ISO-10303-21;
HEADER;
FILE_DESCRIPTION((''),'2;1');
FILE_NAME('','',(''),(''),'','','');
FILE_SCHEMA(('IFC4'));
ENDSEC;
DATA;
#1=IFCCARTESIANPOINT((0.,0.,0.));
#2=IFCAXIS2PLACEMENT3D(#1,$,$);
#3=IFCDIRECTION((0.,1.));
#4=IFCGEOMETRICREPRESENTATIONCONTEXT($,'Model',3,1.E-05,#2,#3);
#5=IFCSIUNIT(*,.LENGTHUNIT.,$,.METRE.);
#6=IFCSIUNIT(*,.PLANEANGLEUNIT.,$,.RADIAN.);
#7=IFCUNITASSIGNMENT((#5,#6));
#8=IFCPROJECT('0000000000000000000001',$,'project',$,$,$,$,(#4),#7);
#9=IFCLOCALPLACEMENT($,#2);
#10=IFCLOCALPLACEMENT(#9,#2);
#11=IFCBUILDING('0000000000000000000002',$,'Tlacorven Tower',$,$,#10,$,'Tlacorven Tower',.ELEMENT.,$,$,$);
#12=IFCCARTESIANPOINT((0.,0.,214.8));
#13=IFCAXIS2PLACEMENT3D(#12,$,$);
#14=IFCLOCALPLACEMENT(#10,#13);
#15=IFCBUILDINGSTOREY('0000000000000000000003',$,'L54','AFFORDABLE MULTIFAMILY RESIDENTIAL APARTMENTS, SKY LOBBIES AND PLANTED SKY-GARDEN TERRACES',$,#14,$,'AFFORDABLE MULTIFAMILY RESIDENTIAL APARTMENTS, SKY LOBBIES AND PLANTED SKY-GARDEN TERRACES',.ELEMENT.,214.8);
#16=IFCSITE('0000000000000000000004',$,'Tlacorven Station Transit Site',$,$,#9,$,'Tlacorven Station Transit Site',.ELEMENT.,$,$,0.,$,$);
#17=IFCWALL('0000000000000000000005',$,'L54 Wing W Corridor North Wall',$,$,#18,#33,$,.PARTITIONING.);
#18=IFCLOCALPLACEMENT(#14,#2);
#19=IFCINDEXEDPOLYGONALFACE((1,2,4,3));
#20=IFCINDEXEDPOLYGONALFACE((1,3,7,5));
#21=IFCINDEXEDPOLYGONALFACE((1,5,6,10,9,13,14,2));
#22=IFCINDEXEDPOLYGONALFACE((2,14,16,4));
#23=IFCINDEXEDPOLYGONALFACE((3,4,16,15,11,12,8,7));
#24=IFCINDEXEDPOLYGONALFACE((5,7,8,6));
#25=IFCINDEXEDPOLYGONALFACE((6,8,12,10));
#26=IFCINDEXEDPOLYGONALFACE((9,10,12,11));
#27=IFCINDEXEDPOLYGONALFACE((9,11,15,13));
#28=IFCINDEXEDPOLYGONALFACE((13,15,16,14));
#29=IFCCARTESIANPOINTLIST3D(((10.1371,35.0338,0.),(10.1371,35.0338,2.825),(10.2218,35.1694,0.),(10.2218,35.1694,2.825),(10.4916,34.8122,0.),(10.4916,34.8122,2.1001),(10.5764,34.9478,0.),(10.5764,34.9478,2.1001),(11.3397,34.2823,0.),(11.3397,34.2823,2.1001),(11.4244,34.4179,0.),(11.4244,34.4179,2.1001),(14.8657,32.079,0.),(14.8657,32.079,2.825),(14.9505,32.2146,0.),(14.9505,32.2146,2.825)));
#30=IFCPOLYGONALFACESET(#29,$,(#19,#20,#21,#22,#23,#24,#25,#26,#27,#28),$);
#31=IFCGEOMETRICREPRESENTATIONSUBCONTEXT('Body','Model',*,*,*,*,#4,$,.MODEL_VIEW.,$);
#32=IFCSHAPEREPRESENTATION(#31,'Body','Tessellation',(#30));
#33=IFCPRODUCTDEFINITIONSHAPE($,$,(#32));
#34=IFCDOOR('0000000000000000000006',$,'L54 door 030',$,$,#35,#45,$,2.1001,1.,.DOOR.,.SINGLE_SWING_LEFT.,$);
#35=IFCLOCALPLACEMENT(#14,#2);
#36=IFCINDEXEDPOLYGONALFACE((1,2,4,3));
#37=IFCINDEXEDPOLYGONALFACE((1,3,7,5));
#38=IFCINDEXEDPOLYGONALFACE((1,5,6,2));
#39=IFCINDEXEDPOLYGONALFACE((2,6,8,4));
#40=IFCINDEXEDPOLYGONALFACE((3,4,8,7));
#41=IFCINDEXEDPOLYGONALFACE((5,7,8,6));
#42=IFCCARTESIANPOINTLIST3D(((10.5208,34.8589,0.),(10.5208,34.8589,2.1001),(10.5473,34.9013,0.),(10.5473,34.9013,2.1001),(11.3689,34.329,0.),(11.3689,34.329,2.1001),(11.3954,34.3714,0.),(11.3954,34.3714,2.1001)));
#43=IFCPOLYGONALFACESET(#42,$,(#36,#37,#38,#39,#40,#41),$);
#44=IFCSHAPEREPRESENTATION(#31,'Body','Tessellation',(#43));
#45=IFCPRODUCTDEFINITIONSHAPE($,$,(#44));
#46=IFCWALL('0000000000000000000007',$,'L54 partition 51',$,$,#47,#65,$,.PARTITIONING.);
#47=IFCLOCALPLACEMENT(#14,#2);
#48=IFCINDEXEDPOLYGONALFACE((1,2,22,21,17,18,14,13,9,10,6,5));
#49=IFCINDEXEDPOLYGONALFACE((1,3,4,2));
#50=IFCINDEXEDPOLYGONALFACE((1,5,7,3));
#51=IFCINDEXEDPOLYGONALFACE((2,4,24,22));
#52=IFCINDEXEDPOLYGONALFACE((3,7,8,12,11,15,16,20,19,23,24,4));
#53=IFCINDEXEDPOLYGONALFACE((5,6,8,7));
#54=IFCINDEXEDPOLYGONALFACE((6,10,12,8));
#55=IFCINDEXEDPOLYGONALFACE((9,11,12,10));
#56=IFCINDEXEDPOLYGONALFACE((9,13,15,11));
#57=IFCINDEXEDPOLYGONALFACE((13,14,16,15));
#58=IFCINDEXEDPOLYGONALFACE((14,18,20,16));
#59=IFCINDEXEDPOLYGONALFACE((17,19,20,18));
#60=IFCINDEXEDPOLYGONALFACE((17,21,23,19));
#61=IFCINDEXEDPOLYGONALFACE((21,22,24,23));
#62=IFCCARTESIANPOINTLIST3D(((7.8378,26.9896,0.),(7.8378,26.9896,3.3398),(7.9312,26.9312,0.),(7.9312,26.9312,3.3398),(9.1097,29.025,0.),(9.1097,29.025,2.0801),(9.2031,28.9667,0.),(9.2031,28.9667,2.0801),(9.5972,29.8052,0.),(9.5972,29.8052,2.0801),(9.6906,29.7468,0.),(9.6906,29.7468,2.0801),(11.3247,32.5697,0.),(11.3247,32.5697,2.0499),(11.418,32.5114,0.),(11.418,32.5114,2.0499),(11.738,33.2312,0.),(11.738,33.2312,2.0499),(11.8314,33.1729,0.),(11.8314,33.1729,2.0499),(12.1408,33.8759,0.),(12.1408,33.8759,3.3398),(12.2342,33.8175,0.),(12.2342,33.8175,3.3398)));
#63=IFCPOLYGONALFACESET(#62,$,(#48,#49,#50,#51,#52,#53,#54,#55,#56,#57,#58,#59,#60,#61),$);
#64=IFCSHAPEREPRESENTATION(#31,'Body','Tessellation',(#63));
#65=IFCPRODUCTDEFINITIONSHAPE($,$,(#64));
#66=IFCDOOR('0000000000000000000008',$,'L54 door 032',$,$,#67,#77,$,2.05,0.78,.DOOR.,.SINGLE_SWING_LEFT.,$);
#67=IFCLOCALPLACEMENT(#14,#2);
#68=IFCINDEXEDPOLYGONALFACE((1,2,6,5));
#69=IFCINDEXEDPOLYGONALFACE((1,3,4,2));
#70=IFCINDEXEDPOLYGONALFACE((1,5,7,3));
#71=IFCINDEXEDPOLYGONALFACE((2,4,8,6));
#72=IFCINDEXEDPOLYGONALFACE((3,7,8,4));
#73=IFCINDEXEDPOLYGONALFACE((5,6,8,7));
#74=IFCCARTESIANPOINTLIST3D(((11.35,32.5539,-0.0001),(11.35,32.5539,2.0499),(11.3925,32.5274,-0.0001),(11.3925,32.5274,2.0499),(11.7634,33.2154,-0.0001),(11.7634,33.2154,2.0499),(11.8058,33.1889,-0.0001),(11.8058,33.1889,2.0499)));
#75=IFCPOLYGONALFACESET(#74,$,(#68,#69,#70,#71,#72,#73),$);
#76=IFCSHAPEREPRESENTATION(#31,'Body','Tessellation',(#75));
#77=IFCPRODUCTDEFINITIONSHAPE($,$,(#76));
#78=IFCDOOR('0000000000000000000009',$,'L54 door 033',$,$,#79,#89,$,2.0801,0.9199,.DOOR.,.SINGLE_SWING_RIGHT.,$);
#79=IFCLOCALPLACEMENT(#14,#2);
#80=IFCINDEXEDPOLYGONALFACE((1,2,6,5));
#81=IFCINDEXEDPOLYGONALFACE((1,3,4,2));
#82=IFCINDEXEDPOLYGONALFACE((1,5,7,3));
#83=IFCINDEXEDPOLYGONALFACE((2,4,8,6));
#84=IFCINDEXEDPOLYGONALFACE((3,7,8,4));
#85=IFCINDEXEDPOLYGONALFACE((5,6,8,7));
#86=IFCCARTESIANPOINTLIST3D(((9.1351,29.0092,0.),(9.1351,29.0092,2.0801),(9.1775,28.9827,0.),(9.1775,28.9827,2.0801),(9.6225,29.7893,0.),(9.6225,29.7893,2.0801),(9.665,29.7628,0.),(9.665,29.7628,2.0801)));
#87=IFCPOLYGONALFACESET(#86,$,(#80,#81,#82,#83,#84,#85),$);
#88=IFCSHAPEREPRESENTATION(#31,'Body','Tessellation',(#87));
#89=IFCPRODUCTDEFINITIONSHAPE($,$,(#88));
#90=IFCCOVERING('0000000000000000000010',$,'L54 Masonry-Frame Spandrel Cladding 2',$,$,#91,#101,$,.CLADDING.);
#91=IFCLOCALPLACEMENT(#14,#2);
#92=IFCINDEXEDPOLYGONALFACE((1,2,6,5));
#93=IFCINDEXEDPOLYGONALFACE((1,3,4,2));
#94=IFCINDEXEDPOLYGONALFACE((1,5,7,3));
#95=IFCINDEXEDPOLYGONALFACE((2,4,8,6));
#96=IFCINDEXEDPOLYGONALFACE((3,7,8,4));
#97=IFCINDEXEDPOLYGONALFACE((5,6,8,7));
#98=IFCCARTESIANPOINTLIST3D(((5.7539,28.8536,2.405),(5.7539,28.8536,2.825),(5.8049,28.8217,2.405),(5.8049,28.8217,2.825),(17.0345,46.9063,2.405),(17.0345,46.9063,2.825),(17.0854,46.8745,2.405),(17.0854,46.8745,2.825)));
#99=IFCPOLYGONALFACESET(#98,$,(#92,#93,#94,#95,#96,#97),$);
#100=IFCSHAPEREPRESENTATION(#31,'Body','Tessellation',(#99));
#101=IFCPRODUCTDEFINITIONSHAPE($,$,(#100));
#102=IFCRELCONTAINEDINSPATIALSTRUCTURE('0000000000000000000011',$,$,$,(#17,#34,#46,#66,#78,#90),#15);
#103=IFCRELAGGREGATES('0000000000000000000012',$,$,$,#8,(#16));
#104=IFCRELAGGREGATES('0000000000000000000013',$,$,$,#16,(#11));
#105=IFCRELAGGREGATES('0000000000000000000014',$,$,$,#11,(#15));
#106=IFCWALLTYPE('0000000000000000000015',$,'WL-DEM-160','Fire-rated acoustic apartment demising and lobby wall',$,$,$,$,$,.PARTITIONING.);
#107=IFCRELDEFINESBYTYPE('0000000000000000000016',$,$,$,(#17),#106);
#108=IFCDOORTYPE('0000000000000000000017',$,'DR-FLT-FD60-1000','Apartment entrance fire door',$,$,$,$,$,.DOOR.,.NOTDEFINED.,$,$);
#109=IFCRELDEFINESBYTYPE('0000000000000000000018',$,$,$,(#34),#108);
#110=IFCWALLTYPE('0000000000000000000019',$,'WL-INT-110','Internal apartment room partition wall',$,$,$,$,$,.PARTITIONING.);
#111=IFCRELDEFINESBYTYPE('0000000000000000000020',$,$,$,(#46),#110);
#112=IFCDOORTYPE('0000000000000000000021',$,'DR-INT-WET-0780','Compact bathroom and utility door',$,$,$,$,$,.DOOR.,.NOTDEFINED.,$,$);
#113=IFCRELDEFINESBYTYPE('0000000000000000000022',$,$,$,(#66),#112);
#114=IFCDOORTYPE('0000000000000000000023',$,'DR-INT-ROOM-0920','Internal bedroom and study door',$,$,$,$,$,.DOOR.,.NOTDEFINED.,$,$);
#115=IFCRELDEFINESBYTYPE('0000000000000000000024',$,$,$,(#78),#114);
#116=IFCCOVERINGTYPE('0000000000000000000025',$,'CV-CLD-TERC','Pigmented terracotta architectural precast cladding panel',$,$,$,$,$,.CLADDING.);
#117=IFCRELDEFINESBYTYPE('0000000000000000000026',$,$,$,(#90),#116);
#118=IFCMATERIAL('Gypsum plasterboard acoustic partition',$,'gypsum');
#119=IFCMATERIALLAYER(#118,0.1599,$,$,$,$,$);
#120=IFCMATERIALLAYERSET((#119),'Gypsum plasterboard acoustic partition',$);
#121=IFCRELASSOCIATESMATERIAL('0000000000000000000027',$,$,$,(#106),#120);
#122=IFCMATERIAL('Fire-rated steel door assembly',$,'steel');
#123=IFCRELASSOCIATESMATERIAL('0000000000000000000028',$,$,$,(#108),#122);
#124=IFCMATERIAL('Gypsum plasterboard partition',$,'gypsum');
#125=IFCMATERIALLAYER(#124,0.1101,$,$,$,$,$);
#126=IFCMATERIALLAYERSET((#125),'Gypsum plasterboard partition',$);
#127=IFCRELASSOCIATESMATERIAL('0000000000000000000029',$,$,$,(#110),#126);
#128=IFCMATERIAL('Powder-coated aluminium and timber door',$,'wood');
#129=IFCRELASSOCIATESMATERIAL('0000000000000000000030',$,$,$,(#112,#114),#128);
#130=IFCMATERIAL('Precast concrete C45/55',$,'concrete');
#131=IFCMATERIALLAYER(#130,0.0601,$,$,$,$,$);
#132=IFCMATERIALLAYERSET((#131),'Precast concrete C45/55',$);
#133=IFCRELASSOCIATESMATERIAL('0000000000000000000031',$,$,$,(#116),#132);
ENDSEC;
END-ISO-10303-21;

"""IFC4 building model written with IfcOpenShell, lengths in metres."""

from ifc_helpers import new_model, si_unit, direction, frame, frame_2d, origin, origin_2d, place, context, subcontext, project, spatial, rectangle, extrude, source, transform, mapped, material, layer, layer_set, type_object, element, fill, save


model = new_model("IFC4")

# Units and contexts
model_context = context("Model", 3, precision=1e-05, world=origin(), true_north=direction((0.0, 1.0)))
body_context = subcontext(model_context, "Body", "Model", "MODEL_VIEW")
ifc_project = project(units=[si_unit("LENGTHUNIT", "METRE"), si_unit("PLANEANGLEUNIT", "RADIAN")], contexts=[model_context])

# Site, building, storey
site_placement = place(None, origin())
site = spatial("IfcSite", under=ifc_project, at=site_placement, Name="Tlacorven Station Transit Site", LongName="Tlacorven Station Transit Site", CompositionType="ELEMENT", RefElevation=0.0)
building_placement = place(site_placement, origin())
building = spatial("IfcBuilding", under=site, at=building_placement, Name="Tlacorven Tower", LongName="Tlacorven Tower", CompositionType="ELEMENT")
storey_placement = place(building_placement, frame((0.0, 0.0, 214.8)))
storey = spatial("IfcBuildingStorey", under=building, at=storey_placement, Name="L54", Description="AFFORDABLE MULTIFAMILY RESIDENTIAL APARTMENTS, SKY LOBBIES AND PLANTED SKY-GARDEN TERRACES", LongName="AFFORDABLE MULTIFAMILY RESIDENTIAL APARTMENTS, SKY LOBBIES AND PLANTED SKY-GARDEN TERRACES", CompositionType="ELEMENT", Elevation=214.8)

# Wall, opening, door
ifc_material_1 = material(Name="Gypsum plasterboard acoustic partition", Category="gypsum")
ifc_layer_1 = layer(ifc_material_1, 0.1599)
ifc_layer_set_1 = layer_set([ifc_layer_1], Name="Gypsum plasterboard acoustic partition")
wall_type_1 = type_object("IfcWallType", Name="WL-DEM-160", Description="Fire-rated acoustic apartment demising and lobby wall", PredefinedType="PARTITIONING", material=ifc_layer_set_1)
wall_1_placement = place(storey_placement, frame((14.9082, 32.1467, 0.0), z_axis=(0.0, 0.0, 1.0), x_axis=(-0.84805, 0.529916, 0.0)))
wall_1 = element("IfcWall", 1, at=wall_1_placement, inside=storey, type_object=wall_type_1, Name="L54 Wing W Corridor North Wall", PredefinedType="PARTITIONING", context=body_context, shape_type="SweptSolid", body=[
    extrude(rectangle(XDim=5.5759, YDim=0.1599, at=frame_2d((2.7881, 0.0))), origin(), (0.0, 0.0, 1.0), 2.825),
])
opening_1_placement = place(wall_1_placement, frame((4.158, 0.0, 0.0)))
opening_1 = element("IfcOpeningElement", 2, at=opening_1_placement, cuts=wall_1, PredefinedType="OPENING", context=body_context, shape_type="SweptSolid", body=[
    extrude(rectangle(XDim=1.0, YDim=2.1001, at=frame_2d((0.5, 1.05))), frame((0.0, 0.0898, 0.0), z_axis=(0.0, -1.0, 0.0), x_axis=(1.0, 0.0, 0.0)), (0.0, 0.0, 1.0), 0.1799),
])
ifc_material_2 = material(Name="Fire-rated steel door assembly", Category="steel")
door_type_1 = type_object("IfcDoorType", Name="DR-FLT-FD60-1000", Description="Apartment entrance fire door", OperationType="NOTDEFINED", PredefinedType="DOOR", material=ifc_material_2)
shared_shape_1 = source(origin(), body_context, "Body", "SweptSolid", [
    extrude(rectangle(XDim=1.0, YDim=2.1001, at=frame_2d((0.5, 1.05))), frame((0.0, 0.0249, 0.0), z_axis=(0.0, -1.0, 0.0), x_axis=(1.0, 0.0, 0.0)), (0.0, 0.0, 1.0), 0.05),
])
door_1_placement = place(opening_1_placement, origin())
door_1 = element("IfcDoor", 3, at=door_1_placement, inside=storey, type_object=door_type_1, Name="L54 door 030", OperationType="SINGLE_SWING_LEFT", OverallHeight=2.1001, OverallWidth=1.0, PredefinedType="DOOR", context=body_context, shape_type="MappedRepresentation", body=[
    mapped(shared_shape_1, transform((0.0, 0.0, 0.0), scale=1.0)),
])
fill(opening_1, door_1)

# Wall, openings, doors
ifc_material_3 = material(Name="Gypsum plasterboard partition", Category="gypsum")
ifc_layer_2 = layer(ifc_material_3, 0.1101)
ifc_layer_set_2 = layer_set([ifc_layer_2], Name="Gypsum plasterboard partition")
wall_type_2 = type_object("IfcWallType", Name="WL-INT-110", Description="Internal apartment room partition wall", PredefinedType="PARTITIONING", material=ifc_layer_set_2)
wall_2_placement = place(storey_placement, frame((12.1875, 33.8467, 0.0), z_axis=(0.0, 0.0, 1.0), x_axis=(-0.529918, -0.848049, 0.0)))
wall_2 = element("IfcWall", 4, at=wall_2_placement, inside=storey, type_object=wall_type_2, Name="L54 partition 51", PredefinedType="PARTITIONING", context=body_context, shape_type="SweptSolid", body=[
    extrude(rectangle(XDim=8.1201, YDim=0.1101, at=frame_2d((4.0601, 0.0))), origin(), (0.0, 0.0, 1.0), 3.3398),
])
opening_2_placement = place(wall_2_placement, frame((0.76, 0.0, 0.0)))
opening_2 = element("IfcOpeningElement", 5, at=opening_2_placement, cuts=wall_2, PredefinedType="OPENING", context=body_context, shape_type="SweptSolid", body=[
    extrude(rectangle(XDim=0.78, YDim=2.05, at=frame_2d((0.3901, 1.0249))), frame((0.0, 0.0649, 0.0), z_axis=(0.0, -1.0, 0.0), x_axis=(1.0, 0.0, 0.0)), (0.0, 0.0, 1.0), 0.1301),
])
opening_3_placement = place(wall_2_placement, frame((4.8, 0.0, 0.0)))
opening_3 = element("IfcOpeningElement", 6, at=opening_3_placement, cuts=wall_2, PredefinedType="OPENING", context=body_context, shape_type="SweptSolid", body=[
    extrude(rectangle(XDim=0.9199, YDim=2.0801, at=frame_2d((0.46, 1.04))), frame((0.0, 0.0649, 0.0), z_axis=(0.0, -1.0, 0.0), x_axis=(1.0, 0.0, 0.0)), (0.0, 0.0, 1.0), 0.1301),
])
ifc_material_4 = material(Name="Powder-coated aluminium and timber door", Category="wood")
door_type_2 = type_object("IfcDoorType", Name="DR-INT-WET-0780", Description="Compact bathroom and utility door", OperationType="NOTDEFINED", PredefinedType="DOOR", material=ifc_material_4)
shared_shape_2 = source(origin(), body_context, "Body", "SweptSolid", [
    extrude(rectangle(XDim=0.78, YDim=2.05, at=frame_2d((0.3901, 1.0249))), frame((0.0, 0.0249, 0.0), z_axis=(0.0, -1.0, 0.0), x_axis=(1.0, 0.0, 0.0)), (0.0, 0.0, 1.0), 0.05),
])
door_2_placement = place(opening_2_placement, origin())
door_2 = element("IfcDoor", 7, at=door_2_placement, inside=storey, type_object=door_type_2, Name="L54 door 032", OperationType="SINGLE_SWING_LEFT", OverallHeight=2.05, OverallWidth=0.78, PredefinedType="DOOR", context=body_context, shape_type="MappedRepresentation", body=[
    mapped(shared_shape_2, transform((0.0, 0.0, 0.0), scale=1.0)),
])
fill(opening_2, door_2)
door_type_3 = type_object("IfcDoorType", Name="DR-INT-ROOM-0920", Description="Internal bedroom and study door", OperationType="NOTDEFINED", PredefinedType="DOOR", material=ifc_material_4)
shared_shape_3 = source(origin(), body_context, "Body", "SweptSolid", [
    extrude(rectangle(XDim=0.9199, YDim=2.0801, at=frame_2d((0.46, 1.04))), frame((0.0, 0.0249, 0.0), z_axis=(0.0, -1.0, 0.0), x_axis=(1.0, 0.0, 0.0)), (0.0, 0.0, 1.0), 0.05),
])
door_3_placement = place(opening_3_placement, origin())
door_3 = element("IfcDoor", 8, at=door_3_placement, inside=storey, type_object=door_type_3, Name="L54 door 033", OperationType="SINGLE_SWING_RIGHT", OverallHeight=2.0801, OverallWidth=0.9199, PredefinedType="DOOR", context=body_context, shape_type="MappedRepresentation", body=[
    mapped(shared_shape_3, transform((0.0, 0.0, 0.0), scale=1.0)),
])
fill(opening_3, door_3)

# Covering
ifc_material_5 = material(Name="Precast concrete C45/55", Category="concrete")
ifc_layer_3 = layer(ifc_material_5, 0.0601)
ifc_layer_set_3 = layer_set([ifc_layer_3], Name="Precast concrete C45/55")
covering_type = type_object("IfcCoveringType", Name="CV-CLD-TERC", Description="Pigmented terracotta architectural precast cladding panel", PredefinedType="CLADDING", material=ifc_layer_set_3)
shared_shape_4 = source(origin(), body_context, "Body", "SweptSolid", [
    extrude(rectangle(XDim=21.2874, YDim=0.0601, at=origin_2d()), origin(), (0.0, 0.0, 1.0), 0.4199),
])
covering_placement = place(storey_placement, frame((11.4197, 37.864, 2.405), z_axis=(0.0, 0.0, 1.0), x_axis=(0.529919, 0.848048, 0.0)))
element("IfcCovering", 9, at=covering_placement, inside=storey, type_object=covering_type, Name="L54 Masonry-Frame Spandrel Cladding 2", PredefinedType="CLADDING", context=body_context, shape_type="MappedRepresentation", body=[
    mapped(shared_shape_4, transform((0.0, 0.0, 0.0), scale=1.0)),
])

save(model, "model.ifc")
